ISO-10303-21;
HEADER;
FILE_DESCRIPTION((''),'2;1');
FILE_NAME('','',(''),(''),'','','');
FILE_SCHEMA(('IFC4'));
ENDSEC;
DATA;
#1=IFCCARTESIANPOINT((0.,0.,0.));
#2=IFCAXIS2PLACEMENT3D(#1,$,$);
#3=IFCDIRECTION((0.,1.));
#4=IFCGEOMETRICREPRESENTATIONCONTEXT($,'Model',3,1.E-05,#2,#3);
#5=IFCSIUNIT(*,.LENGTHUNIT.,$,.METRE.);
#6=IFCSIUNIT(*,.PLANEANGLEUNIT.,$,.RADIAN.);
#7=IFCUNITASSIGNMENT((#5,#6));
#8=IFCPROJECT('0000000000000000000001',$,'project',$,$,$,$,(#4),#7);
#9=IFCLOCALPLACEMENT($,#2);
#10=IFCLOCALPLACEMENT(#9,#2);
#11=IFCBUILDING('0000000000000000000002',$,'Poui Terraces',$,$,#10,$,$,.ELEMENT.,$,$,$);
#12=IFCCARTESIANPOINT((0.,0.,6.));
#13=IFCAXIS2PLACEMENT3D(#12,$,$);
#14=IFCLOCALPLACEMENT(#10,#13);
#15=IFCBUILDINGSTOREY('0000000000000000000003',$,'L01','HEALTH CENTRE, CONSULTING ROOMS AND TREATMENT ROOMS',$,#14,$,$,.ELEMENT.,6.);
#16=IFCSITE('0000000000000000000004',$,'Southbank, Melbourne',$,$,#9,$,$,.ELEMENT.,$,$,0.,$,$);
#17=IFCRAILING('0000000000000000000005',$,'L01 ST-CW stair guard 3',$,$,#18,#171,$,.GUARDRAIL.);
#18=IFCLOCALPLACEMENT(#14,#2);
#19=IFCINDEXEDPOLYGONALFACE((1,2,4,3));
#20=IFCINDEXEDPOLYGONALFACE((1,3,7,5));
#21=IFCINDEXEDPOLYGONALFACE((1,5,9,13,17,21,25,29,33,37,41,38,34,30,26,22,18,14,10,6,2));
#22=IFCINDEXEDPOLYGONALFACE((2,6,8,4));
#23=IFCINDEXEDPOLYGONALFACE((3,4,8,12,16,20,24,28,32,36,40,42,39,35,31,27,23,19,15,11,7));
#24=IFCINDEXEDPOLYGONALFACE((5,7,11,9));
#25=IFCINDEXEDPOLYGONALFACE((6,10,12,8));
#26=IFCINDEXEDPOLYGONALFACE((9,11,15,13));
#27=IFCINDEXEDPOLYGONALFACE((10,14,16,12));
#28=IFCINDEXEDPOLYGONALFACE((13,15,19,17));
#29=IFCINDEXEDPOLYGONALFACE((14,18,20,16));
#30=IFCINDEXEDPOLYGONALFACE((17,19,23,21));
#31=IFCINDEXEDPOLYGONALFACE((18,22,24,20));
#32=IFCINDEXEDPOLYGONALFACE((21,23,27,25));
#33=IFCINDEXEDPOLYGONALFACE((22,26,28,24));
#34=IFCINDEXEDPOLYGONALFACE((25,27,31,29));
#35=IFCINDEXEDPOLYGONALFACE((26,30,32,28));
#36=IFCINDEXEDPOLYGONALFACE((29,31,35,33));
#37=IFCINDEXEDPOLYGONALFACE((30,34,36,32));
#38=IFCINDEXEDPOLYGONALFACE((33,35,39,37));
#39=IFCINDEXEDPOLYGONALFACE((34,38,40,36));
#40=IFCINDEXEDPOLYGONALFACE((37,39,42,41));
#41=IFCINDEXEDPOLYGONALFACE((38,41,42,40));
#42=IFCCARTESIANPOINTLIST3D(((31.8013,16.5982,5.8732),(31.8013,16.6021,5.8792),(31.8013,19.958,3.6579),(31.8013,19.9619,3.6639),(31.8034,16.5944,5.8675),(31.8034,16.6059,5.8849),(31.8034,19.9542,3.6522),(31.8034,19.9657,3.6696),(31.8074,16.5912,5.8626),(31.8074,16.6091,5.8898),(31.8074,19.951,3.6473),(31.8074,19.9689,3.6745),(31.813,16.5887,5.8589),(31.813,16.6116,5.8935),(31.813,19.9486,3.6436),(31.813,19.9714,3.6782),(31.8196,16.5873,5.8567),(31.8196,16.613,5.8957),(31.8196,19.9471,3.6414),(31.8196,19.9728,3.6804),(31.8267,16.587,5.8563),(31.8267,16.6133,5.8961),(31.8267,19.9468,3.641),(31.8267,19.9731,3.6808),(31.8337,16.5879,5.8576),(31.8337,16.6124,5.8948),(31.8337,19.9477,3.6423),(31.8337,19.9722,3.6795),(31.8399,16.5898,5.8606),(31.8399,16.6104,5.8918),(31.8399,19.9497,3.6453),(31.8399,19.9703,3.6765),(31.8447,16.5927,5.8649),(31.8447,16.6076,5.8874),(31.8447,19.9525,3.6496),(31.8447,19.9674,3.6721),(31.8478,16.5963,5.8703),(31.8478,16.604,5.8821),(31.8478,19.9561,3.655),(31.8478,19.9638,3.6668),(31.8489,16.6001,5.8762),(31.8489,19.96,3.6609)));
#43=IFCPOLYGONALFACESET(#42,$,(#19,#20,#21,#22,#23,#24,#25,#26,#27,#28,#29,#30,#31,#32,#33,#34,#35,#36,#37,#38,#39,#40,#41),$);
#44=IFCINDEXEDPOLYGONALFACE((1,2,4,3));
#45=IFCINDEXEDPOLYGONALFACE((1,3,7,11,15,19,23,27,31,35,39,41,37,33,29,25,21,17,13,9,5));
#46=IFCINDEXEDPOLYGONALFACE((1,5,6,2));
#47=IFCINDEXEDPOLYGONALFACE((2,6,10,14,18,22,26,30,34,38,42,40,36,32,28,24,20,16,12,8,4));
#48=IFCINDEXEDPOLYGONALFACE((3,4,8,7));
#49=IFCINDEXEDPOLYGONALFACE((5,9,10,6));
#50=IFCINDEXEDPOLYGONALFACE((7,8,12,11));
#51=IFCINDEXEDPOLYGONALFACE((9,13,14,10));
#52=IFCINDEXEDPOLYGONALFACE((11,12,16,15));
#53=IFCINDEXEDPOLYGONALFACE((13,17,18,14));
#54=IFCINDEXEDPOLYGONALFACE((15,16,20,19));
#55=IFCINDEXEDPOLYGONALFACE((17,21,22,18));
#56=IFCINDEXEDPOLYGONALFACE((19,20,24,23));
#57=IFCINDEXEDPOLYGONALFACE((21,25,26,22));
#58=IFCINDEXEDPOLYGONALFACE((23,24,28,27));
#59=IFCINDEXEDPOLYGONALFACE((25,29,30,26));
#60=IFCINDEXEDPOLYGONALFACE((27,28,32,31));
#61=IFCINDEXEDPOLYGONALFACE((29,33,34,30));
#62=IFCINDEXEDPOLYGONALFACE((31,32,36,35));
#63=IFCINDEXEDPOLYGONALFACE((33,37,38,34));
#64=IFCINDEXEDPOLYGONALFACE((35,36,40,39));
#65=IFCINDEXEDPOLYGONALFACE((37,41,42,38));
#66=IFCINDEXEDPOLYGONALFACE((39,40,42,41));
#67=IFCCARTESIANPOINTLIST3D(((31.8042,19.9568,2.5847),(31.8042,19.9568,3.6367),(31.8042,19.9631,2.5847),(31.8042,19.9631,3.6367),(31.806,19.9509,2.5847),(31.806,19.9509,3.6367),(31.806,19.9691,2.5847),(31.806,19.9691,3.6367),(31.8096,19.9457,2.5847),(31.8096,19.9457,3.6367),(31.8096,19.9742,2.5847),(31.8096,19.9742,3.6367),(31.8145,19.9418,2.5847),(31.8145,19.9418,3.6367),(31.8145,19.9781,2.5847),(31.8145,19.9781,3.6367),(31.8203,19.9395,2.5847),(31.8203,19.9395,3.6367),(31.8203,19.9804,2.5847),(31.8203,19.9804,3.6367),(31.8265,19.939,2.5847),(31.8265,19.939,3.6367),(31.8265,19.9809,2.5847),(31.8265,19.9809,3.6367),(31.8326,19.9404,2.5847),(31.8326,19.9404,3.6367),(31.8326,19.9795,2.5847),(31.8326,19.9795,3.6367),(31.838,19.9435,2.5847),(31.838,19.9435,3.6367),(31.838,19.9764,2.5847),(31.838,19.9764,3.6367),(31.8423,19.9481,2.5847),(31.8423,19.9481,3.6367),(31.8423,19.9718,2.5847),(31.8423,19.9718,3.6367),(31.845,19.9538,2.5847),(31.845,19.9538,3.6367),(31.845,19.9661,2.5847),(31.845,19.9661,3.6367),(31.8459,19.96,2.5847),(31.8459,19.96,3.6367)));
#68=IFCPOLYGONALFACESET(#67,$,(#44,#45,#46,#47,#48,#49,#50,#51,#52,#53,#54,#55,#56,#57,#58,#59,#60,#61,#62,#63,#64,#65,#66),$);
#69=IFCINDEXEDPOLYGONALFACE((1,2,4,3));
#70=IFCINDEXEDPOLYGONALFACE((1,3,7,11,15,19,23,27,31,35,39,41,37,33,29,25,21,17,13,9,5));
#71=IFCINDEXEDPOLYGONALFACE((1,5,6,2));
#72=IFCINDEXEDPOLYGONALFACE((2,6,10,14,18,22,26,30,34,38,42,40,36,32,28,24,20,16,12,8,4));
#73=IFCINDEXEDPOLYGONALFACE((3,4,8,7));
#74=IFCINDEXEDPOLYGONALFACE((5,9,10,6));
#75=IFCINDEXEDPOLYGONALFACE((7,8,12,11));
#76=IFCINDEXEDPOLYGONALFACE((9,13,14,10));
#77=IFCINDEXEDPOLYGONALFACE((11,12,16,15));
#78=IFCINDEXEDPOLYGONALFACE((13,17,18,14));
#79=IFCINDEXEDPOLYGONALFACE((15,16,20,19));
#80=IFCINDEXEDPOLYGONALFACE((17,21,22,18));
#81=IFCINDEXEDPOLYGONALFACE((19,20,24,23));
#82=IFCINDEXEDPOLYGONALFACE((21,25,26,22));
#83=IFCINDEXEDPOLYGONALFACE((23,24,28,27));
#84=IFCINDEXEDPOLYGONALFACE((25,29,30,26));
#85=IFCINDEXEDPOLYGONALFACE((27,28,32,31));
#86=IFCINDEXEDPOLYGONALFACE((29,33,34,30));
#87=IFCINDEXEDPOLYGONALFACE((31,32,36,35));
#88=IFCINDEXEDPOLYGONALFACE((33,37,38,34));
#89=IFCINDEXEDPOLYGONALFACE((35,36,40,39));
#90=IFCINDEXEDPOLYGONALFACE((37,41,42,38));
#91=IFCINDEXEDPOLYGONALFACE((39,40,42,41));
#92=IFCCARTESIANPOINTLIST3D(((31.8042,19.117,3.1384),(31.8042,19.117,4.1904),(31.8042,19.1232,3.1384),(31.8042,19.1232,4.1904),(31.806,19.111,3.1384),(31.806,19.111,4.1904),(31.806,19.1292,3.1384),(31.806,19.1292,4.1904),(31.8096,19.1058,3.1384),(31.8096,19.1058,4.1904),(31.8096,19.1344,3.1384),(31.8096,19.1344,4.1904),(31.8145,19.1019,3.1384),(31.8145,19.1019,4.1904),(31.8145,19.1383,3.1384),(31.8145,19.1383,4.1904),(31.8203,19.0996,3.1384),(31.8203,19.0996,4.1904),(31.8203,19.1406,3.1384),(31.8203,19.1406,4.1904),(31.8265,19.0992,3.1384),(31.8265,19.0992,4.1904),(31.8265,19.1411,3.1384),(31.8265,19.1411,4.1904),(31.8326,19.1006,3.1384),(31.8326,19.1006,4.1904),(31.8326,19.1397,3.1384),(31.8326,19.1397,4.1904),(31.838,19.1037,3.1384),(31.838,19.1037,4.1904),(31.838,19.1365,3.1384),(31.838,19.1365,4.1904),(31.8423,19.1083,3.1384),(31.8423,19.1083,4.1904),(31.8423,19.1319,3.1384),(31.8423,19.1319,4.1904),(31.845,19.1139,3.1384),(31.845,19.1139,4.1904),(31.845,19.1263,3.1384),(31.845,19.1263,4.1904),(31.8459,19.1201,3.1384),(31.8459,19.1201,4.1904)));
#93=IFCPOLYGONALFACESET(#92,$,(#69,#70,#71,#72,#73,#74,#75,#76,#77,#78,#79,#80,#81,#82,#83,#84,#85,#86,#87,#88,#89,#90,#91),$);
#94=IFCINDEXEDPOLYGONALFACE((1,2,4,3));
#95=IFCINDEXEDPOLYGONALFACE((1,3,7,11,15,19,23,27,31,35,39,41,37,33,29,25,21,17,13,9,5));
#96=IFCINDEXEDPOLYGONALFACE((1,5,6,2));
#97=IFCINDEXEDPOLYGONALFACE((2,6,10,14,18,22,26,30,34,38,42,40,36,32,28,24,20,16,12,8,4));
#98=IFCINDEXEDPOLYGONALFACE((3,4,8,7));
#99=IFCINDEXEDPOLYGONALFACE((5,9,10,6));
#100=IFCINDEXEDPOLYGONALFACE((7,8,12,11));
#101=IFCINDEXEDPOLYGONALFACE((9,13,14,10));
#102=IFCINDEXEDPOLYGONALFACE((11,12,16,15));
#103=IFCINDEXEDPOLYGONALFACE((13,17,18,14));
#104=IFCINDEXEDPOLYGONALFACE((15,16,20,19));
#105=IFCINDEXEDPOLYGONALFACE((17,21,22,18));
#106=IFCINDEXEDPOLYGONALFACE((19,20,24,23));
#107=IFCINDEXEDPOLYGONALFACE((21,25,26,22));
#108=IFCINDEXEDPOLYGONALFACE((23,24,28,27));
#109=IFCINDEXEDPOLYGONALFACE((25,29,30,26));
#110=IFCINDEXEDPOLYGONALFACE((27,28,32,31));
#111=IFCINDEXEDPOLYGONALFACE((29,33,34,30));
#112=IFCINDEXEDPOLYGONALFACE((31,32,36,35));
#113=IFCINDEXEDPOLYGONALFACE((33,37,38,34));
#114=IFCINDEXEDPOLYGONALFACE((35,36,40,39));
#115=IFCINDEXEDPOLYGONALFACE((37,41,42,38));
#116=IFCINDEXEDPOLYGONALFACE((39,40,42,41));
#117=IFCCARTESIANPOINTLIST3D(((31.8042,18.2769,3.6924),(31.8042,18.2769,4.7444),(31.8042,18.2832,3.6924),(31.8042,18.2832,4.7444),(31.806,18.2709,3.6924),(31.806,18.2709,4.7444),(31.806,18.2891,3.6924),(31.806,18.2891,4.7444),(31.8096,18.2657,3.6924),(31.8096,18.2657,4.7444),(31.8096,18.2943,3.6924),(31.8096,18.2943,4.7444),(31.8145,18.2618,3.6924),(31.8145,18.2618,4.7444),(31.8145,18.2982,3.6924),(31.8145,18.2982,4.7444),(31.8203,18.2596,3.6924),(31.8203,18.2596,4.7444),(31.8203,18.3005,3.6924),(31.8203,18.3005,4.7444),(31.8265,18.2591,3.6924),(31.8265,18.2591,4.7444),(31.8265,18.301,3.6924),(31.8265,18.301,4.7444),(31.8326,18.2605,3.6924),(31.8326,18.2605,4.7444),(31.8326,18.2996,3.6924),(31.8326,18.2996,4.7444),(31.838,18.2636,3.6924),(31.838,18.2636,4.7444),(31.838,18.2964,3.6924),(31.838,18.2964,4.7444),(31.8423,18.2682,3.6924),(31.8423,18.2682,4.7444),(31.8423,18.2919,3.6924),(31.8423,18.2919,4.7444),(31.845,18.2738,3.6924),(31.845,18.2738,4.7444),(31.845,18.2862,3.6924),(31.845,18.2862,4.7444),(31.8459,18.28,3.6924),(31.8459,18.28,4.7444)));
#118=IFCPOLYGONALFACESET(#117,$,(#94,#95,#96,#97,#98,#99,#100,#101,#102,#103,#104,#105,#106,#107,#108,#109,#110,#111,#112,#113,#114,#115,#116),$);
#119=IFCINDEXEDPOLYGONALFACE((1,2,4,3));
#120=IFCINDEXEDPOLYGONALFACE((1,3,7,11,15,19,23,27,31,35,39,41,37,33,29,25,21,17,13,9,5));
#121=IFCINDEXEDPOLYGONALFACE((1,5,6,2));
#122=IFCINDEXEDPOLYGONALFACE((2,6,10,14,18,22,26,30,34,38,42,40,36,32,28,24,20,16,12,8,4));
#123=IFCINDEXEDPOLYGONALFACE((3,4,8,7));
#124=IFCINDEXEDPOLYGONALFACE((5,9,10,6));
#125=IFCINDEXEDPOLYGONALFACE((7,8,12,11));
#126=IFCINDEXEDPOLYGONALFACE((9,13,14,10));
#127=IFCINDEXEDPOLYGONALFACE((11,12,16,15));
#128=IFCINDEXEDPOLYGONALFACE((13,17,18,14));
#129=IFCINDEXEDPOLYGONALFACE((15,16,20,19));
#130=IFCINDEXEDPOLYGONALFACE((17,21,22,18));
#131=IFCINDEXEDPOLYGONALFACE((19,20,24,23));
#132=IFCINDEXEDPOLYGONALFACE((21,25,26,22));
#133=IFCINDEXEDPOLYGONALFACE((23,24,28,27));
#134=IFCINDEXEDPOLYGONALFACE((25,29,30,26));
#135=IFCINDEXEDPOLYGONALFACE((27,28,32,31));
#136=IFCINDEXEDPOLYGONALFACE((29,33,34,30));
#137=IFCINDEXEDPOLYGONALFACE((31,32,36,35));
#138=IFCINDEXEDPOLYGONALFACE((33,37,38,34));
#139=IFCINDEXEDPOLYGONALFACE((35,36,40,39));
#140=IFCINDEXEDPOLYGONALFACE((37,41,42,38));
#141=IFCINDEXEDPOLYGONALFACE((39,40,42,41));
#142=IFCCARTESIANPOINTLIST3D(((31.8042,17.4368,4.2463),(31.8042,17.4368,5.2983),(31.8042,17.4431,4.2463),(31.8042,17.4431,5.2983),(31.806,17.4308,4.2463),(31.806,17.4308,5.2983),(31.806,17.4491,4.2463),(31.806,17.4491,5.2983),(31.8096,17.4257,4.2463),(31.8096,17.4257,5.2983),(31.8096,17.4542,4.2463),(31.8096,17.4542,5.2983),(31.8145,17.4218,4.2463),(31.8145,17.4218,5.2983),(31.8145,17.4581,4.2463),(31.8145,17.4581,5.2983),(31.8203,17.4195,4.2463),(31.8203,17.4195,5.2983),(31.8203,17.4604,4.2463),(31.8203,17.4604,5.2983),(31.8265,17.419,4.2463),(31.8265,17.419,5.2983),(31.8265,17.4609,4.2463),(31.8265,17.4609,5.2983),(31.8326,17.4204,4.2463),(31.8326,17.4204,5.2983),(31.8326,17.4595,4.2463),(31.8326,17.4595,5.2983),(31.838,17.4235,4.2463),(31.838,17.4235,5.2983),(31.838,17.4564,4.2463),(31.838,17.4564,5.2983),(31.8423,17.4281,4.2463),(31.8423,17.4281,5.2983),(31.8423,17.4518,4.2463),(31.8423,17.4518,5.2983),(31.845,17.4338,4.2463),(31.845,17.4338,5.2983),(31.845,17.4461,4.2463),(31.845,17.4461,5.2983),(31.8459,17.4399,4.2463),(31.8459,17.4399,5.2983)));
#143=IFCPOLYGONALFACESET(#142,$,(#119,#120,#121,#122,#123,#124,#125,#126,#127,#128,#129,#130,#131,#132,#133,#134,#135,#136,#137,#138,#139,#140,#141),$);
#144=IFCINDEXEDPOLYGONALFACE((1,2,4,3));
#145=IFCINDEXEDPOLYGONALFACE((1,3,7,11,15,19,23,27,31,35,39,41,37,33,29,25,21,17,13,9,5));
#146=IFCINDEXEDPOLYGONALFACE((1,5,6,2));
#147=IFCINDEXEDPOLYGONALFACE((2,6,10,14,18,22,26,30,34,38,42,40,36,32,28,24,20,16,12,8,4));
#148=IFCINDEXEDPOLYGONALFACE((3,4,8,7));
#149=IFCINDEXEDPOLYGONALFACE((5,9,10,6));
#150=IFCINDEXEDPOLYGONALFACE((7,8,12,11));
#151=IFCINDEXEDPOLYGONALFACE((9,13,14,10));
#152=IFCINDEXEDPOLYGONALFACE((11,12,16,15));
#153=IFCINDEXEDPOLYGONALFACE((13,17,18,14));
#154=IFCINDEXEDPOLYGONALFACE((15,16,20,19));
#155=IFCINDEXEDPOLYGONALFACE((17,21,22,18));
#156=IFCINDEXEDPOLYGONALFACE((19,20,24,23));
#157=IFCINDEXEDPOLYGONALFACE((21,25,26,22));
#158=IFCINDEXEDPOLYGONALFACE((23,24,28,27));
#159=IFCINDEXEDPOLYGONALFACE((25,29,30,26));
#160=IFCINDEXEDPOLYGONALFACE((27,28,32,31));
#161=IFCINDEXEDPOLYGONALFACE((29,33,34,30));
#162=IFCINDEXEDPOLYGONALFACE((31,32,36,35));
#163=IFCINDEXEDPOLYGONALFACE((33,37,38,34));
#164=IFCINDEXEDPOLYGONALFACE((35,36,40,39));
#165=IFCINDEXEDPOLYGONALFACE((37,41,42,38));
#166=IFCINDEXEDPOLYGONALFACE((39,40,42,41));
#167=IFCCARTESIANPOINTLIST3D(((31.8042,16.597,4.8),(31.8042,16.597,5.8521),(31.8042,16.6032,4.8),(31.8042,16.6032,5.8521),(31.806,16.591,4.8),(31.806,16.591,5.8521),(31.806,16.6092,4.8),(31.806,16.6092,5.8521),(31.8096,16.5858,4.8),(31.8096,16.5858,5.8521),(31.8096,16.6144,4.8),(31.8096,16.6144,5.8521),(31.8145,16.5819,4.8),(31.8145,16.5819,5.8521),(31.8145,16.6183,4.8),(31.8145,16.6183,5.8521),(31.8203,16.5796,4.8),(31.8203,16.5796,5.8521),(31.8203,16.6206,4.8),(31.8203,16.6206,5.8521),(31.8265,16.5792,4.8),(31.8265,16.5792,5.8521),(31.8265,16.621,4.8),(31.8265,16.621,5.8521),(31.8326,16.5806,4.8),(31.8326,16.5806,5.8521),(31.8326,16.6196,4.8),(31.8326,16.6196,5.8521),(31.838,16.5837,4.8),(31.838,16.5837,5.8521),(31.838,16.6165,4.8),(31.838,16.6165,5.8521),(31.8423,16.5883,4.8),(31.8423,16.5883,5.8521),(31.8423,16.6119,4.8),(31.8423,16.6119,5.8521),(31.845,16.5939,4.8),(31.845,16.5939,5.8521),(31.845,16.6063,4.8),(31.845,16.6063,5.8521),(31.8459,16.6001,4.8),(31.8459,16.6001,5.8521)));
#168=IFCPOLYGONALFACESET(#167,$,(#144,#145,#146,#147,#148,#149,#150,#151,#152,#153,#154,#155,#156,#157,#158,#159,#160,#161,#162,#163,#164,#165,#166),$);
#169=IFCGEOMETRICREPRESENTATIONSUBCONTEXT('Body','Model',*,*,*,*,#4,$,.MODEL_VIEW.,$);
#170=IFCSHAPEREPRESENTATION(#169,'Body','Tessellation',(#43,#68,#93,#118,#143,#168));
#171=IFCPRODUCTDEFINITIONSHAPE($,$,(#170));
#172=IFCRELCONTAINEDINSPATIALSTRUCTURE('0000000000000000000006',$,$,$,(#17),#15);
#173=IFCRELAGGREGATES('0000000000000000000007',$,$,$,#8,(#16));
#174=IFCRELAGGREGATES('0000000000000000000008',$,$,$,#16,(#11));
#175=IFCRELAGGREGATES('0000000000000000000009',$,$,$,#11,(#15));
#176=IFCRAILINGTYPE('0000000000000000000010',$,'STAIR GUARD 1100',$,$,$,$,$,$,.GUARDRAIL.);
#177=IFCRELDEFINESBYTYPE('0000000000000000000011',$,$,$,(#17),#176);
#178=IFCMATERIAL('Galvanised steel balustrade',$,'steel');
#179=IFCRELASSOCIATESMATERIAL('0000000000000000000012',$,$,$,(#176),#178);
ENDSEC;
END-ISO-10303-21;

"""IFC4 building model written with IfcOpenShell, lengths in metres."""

from ifc_helpers import new_model, si_unit, direction, frame, origin, origin_2d, place, context, subcontext, project, spatial, circle, extrude, material, type_object, element, save


model = new_model("IFC4")

# Units and contexts
model_context = context("Model", 3, precision=1e-05, world=origin(), true_north=direction((0.0, 1.0)))
body_context = subcontext(model_context, "Body", "Model", "MODEL_VIEW")
ifc_project = project(units=[si_unit("LENGTHUNIT", "METRE"), si_unit("PLANEANGLEUNIT", "RADIAN")], contexts=[model_context])

# Site, building, storey
site_placement = place(None, origin())
site = spatial("IfcSite", under=ifc_project, at=site_placement, Name="Southbank, Melbourne", CompositionType="ELEMENT", RefElevation=0.0)
building_placement = place(site_placement, origin())
building = spatial("IfcBuilding", under=site, at=building_placement, Name="Poui Terraces", CompositionType="ELEMENT")
storey_placement = place(building_placement, frame((0.0, 0.0, 6.0)))
storey = spatial("IfcBuildingStorey", under=building, at=storey_placement, Name="L01", Description="HEALTH CENTRE, CONSULTING ROOMS AND TREATMENT ROOMS", CompositionType="ELEMENT", Elevation=6.0)

# Railing
ifc_material_1 = material(Name="Galvanised steel balustrade", Category="steel")
railing_type_1 = type_object("IfcRailingType", Name="STAIR GUARD 1100", PredefinedType="GUARDRAIL", material=ifc_material_1)
railing_1_placement = place(storey_placement, frame((31.825, 19.96, 2.5847)))
element("IfcRailing", 1, at=railing_1_placement, inside=storey, type_object=railing_type_1, Name="L01 ST-CW stair guard 3", PredefinedType="GUARDRAIL", context=body_context, shape_type="SweptSolid", body=[
    extrude(circle(Radius=0.0239, at=origin_2d()), frame((0.0, 0.0, 1.0762), z_axis=(0.0, -0.834858, 0.550465), x_axis=(1.0, 0.0, 0.0)), (0.0, 0.0, 1.0), 4.0244),
    extrude(circle(Radius=0.021, at=origin_2d()), origin(), (0.0, 0.0, 1.0), 1.052),
    extrude(circle(Radius=0.021, at=origin_2d()), frame((0.0, -0.8398, 0.5537)), (0.0, 0.0, 1.0), 1.052),
    extrude(circle(Radius=0.021, at=origin_2d()), frame((0.0, -1.6799, 1.1077)), (0.0, 0.0, 1.0), 1.052),
    extrude(circle(Radius=0.021, at=origin_2d()), frame((0.0, -2.52, 1.6616)), (0.0, 0.0, 1.0), 1.052),
    extrude(circle(Radius=0.021, at=origin_2d()), frame((0.0, -3.3599, 2.2153)), (0.0, 0.0, 1.0), 1.052),
])

save(model, "model.ifc")
